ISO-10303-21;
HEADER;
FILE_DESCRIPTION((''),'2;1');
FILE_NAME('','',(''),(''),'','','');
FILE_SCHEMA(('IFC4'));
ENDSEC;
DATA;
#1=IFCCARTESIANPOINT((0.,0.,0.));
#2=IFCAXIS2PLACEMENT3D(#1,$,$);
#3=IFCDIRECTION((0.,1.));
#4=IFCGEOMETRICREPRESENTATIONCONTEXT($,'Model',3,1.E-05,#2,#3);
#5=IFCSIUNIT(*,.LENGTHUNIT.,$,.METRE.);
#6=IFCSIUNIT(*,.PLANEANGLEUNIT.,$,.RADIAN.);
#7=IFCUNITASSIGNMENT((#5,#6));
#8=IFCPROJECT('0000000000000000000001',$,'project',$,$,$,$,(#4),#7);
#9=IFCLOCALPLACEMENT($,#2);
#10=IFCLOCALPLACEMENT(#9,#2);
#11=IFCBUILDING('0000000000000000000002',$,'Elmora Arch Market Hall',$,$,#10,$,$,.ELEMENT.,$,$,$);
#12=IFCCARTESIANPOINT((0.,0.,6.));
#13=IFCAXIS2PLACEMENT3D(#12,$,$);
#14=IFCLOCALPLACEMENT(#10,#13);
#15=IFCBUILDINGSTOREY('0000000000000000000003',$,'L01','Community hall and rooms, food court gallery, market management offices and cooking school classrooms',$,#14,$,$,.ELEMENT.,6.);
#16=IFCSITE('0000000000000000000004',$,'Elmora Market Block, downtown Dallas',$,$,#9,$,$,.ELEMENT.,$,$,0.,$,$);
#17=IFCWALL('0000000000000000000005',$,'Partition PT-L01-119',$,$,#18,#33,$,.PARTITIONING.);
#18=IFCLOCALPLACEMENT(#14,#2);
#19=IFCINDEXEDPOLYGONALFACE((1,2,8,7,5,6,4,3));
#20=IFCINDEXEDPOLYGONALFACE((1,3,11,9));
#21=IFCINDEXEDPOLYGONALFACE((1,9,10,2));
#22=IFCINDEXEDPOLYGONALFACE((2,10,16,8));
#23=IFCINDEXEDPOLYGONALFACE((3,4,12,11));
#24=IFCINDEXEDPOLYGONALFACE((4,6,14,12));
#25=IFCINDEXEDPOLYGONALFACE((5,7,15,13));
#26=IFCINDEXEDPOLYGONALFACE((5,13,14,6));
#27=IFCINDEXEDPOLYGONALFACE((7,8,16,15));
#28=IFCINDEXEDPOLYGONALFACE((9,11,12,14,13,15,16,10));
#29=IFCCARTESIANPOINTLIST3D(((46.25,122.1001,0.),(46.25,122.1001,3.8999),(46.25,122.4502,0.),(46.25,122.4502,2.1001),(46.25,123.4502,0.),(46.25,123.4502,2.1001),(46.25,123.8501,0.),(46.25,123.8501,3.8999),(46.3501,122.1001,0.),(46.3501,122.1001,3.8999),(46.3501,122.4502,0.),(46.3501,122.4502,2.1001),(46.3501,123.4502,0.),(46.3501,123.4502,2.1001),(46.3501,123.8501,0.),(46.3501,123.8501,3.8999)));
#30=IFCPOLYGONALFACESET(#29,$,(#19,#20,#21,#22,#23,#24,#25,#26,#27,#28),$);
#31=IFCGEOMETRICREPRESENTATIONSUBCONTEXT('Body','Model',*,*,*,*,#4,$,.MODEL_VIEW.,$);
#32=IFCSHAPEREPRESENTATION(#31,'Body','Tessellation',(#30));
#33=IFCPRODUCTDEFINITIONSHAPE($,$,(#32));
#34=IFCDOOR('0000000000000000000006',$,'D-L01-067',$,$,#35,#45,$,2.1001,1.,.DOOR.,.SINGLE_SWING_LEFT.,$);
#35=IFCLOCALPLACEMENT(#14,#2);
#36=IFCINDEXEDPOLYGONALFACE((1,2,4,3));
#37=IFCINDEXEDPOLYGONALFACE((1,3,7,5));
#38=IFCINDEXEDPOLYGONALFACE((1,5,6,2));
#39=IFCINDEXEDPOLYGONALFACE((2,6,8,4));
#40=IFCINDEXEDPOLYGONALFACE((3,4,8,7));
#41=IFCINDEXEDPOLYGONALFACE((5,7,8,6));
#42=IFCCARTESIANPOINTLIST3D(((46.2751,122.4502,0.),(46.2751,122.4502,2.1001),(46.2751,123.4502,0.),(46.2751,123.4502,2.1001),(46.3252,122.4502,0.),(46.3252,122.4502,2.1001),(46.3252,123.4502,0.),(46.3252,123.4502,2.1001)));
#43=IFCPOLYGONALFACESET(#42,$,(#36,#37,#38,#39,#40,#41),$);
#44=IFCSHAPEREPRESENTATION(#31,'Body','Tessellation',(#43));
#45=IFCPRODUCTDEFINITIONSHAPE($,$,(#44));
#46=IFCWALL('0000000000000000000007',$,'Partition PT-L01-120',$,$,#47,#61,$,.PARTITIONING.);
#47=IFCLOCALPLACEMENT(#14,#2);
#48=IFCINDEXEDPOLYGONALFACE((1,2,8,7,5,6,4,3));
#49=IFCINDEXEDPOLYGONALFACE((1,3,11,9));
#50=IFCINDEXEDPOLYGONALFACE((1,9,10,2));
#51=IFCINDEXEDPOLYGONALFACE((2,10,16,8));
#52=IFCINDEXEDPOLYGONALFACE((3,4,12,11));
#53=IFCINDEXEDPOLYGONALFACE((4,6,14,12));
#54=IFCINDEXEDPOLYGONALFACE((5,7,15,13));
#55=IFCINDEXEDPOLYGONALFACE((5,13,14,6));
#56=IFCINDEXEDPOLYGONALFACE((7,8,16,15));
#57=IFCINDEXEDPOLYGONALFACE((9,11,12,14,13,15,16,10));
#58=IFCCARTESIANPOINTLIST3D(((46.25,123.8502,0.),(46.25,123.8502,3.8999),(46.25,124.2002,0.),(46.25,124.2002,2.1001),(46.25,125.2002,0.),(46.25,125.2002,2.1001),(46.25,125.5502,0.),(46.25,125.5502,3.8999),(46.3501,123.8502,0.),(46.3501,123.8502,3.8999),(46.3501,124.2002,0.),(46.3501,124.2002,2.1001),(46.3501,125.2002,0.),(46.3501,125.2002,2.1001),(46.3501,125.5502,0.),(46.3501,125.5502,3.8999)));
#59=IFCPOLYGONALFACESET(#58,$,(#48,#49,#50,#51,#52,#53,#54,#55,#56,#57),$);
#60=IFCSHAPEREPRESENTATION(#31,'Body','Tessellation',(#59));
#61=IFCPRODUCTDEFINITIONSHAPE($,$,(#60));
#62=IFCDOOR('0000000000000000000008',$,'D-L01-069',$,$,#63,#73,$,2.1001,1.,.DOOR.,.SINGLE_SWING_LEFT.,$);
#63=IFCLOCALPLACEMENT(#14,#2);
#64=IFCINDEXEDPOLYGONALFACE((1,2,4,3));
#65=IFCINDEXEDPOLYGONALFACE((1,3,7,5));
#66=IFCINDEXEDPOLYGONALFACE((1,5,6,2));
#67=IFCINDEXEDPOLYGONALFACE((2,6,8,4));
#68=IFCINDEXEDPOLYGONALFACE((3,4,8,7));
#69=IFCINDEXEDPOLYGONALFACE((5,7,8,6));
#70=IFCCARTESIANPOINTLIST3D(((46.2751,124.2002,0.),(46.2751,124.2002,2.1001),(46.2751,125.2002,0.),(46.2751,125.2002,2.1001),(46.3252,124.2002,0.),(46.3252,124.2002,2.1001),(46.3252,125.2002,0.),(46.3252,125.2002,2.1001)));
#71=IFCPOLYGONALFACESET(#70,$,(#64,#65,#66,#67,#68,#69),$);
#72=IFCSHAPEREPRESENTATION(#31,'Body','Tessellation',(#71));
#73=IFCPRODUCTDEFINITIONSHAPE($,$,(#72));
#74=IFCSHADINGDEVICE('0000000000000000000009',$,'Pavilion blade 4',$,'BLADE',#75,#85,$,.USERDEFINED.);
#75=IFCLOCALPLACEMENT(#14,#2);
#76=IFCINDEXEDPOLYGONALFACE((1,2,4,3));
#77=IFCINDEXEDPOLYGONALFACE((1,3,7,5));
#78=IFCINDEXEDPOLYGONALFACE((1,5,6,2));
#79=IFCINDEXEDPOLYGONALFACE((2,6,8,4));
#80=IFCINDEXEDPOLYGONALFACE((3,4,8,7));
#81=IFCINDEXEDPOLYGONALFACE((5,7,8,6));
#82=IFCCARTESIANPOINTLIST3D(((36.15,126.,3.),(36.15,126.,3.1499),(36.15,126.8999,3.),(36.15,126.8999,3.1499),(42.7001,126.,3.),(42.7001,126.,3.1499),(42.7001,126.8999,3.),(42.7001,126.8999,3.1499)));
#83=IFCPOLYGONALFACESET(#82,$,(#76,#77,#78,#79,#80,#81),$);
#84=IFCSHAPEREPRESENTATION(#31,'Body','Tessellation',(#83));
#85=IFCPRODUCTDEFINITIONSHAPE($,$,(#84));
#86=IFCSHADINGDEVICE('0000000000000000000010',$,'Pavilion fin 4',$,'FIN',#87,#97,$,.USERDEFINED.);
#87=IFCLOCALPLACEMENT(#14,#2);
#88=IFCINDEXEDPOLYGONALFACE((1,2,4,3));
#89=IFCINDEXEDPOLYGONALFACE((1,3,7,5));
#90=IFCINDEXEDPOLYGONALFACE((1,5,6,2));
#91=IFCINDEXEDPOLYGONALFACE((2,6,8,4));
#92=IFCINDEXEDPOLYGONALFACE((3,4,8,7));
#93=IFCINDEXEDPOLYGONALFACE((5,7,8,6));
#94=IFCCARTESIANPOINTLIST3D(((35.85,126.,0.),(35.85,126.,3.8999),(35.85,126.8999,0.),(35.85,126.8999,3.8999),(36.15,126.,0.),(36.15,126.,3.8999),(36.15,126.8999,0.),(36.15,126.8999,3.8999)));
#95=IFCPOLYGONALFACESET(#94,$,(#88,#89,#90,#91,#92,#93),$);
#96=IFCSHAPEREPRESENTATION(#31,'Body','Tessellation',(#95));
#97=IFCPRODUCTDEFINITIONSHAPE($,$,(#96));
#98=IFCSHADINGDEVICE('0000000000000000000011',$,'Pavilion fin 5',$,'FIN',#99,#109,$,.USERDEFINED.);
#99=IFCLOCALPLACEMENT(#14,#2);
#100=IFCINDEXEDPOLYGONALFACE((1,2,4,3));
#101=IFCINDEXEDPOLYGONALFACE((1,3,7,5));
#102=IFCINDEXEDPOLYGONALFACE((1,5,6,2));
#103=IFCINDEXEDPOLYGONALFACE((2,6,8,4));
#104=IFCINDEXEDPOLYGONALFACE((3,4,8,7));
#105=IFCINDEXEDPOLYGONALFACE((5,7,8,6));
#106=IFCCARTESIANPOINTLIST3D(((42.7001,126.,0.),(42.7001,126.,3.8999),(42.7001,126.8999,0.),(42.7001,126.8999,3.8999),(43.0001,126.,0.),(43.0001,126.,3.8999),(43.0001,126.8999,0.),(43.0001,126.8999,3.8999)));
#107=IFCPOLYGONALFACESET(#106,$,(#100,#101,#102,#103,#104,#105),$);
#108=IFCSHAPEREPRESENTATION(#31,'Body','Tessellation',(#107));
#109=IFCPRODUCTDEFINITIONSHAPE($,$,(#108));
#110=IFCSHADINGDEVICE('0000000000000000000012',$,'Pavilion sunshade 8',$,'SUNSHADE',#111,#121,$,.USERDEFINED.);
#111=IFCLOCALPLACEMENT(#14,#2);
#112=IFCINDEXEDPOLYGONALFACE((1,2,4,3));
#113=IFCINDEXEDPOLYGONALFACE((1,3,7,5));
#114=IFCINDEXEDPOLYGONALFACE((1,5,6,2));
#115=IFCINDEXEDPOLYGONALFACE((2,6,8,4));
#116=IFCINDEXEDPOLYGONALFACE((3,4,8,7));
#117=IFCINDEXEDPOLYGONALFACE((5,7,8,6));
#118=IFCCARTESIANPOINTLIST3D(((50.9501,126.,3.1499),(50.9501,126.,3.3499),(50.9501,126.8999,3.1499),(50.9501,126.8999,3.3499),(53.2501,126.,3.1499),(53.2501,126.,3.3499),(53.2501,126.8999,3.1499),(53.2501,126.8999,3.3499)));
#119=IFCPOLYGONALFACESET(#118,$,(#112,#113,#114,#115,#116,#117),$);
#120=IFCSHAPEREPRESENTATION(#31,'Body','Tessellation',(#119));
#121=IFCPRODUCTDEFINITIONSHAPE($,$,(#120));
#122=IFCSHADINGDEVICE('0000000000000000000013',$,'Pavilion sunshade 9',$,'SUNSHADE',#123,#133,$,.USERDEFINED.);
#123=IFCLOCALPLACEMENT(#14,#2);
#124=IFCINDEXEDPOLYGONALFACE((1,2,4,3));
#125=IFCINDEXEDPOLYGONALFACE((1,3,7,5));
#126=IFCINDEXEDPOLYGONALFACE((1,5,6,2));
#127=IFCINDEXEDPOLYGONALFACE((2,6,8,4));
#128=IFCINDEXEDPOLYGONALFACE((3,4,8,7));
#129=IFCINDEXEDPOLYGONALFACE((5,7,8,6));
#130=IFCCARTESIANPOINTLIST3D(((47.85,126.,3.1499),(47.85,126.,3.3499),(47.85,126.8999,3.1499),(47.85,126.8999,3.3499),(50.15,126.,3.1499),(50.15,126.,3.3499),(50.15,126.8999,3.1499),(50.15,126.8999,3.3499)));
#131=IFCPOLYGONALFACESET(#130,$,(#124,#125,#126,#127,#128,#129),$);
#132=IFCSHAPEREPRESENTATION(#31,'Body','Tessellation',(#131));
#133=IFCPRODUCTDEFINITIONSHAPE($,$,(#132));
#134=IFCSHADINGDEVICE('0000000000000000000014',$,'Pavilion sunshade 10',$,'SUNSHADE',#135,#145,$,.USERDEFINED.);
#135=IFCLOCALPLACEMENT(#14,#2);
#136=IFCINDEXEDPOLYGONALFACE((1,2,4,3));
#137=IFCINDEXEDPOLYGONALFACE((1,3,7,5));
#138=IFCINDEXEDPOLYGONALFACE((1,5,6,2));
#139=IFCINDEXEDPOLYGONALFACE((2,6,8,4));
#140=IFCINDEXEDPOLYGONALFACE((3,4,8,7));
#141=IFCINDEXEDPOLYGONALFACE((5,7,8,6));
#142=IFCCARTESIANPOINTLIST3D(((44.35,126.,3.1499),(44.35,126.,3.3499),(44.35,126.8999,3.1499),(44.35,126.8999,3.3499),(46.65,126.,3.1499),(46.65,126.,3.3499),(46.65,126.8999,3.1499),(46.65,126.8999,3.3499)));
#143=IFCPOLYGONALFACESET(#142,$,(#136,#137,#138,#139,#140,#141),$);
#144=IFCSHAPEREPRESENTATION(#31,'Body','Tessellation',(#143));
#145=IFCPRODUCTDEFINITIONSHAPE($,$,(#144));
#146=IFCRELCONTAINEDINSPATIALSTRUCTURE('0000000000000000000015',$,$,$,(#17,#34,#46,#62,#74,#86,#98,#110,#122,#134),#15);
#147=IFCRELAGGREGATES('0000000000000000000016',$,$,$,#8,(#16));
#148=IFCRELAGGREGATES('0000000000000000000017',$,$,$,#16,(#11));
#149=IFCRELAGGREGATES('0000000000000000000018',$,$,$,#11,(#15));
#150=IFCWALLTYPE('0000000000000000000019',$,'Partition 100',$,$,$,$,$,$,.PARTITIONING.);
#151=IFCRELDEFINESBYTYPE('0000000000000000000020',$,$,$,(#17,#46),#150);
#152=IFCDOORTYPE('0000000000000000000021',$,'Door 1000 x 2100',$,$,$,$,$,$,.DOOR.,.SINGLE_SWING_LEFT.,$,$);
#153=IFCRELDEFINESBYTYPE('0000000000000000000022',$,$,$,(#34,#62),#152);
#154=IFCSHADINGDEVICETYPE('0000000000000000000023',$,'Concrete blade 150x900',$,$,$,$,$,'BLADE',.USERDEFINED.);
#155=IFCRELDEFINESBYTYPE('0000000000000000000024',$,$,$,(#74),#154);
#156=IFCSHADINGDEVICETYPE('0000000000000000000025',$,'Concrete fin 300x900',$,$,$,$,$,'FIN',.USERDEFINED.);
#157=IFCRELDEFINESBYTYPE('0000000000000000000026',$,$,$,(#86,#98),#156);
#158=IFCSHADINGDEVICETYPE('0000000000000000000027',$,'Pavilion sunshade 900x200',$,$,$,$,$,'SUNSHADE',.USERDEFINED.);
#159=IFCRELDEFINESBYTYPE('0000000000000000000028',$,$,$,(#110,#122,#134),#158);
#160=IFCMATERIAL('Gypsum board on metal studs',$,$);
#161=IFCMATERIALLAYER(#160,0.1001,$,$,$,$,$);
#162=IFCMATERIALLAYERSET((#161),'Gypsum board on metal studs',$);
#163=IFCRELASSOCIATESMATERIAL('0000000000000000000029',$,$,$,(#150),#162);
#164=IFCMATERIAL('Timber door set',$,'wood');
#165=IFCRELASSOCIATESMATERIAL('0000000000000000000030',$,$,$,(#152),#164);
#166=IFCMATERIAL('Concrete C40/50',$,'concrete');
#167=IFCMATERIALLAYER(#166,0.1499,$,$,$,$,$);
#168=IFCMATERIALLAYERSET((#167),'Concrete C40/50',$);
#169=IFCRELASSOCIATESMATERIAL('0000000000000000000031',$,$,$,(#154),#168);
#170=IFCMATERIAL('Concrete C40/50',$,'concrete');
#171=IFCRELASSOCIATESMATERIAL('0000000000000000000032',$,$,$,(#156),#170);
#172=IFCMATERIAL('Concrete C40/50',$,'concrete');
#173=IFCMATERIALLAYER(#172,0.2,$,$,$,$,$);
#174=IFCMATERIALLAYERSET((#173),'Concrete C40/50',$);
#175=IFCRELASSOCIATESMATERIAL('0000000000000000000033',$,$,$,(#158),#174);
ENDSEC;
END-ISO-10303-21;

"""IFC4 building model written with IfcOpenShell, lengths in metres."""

from ifc_helpers import new_model, si_unit, direction, frame, frame_2d, origin, origin_2d, place, context, subcontext, project, spatial, rectangle, extrude, material, layer, layer_set, type_object, element, fill, save


model = new_model("IFC4")

# Units and contexts
model_context = context("Model", 3, precision=1e-05, world=origin(), true_north=direction((0.0, 1.0)))
body_context = subcontext(model_context, "Body", "Model", "MODEL_VIEW")
ifc_project = project(units=[si_unit("LENGTHUNIT", "METRE"), si_unit("PLANEANGLEUNIT", "RADIAN")], contexts=[model_context])

# Site, building, storey
site_placement = place(None, origin())
site = spatial("IfcSite", under=ifc_project, at=site_placement, Name="Elmora Market Block, downtown Dallas", CompositionType="ELEMENT", RefElevation=0.0)
building_placement = place(site_placement, origin())
building = spatial("IfcBuilding", under=site, at=building_placement, Name="Elmora Arch Market Hall", CompositionType="ELEMENT")
storey_placement = place(building_placement, frame((0.0, 0.0, 6.0)))
storey = spatial("IfcBuildingStorey", under=building, at=storey_placement, Name="L01", Description="Community hall and rooms, food court gallery, market management offices and cooking school classrooms", CompositionType="ELEMENT", Elevation=6.0)

# Shared definitions
ifc_material_1 = material(Name="Gypsum board on metal studs")
ifc_layer_1 = layer(ifc_material_1, 0.1001)
ifc_layer_set_1 = layer_set([ifc_layer_1], Name="Gypsum board on metal studs")
wall_type_1 = type_object("IfcWallType", Name="Partition 100", PredefinedType="PARTITIONING", material=ifc_layer_set_1)

# Walls, openings, doors
wall_1_placement = place(storey_placement, frame((46.3, 122.1001, 0.0), z_axis=(0.0, 0.0, 1.0), x_axis=(0.0, 1.0, 0.0)))
wall_1 = element("IfcWall", 1, at=wall_1_placement, inside=storey, type_object=wall_type_1, Name="Partition PT-L01-119", PredefinedType="PARTITIONING", context=body_context, shape_type="SweptSolid", body=[
    extrude(rectangle(XDim=1.75, YDim=0.1001, at=frame_2d((0.875, 0.0))), origin(), (0.0, 0.0, 1.0), 3.8999),
])
opening_1_placement = place(wall_1_placement, frame((0.3501, 0.0, 0.0)))
opening_1 = element("IfcOpeningElement", 2, at=opening_1_placement, cuts=wall_1, PredefinedType="OPENING", context=body_context, shape_type="SweptSolid", body=[
    extrude(rectangle(XDim=1.0, YDim=2.1001, at=frame_2d((0.5, 1.05))), frame((0.0, 0.0601, 0.0), z_axis=(0.0, -1.0, 0.0), x_axis=(1.0, 0.0, 0.0)), (0.0, 0.0, 1.0), 0.1201),
])
ifc_material_2 = material(Name="Timber door set", Category="wood")
door_type = type_object("IfcDoorType", Name="Door 1000 x 2100", OperationType="SINGLE_SWING_LEFT", PredefinedType="DOOR", material=ifc_material_2)
door_1_placement = place(opening_1_placement, origin())
door_1 = element("IfcDoor", 3, at=door_1_placement, inside=storey, type_object=door_type, Name="D-L01-067", OperationType="SINGLE_SWING_LEFT", OverallHeight=2.1001, OverallWidth=1.0, PredefinedType="DOOR", context=body_context, shape_type="SweptSolid", body=[
    extrude(rectangle(XDim=1.0, YDim=2.1001, at=frame_2d((0.5, 1.05))), frame((0.0, 0.0249, 0.0), z_axis=(0.0, -1.0, 0.0), x_axis=(1.0, 0.0, 0.0)), (0.0, 0.0, 1.0), 0.05),
])
fill(opening_1, door_1)
wall_2_placement = place(storey_placement, frame((46.3, 123.8501, 0.0), z_axis=(0.0, 0.0, 1.0), x_axis=(0.0, 1.0, 0.0)))
wall_2 = element("IfcWall", 4, at=wall_2_placement, inside=storey, type_object=wall_type_1, Name="Partition PT-L01-120", PredefinedType="PARTITIONING", context=body_context, shape_type="SweptSolid", body=[
    extrude(rectangle(XDim=1.7, YDim=0.1001, at=frame_2d((0.8501, 0.0))), origin(), (0.0, 0.0, 1.0), 3.8999),
])
opening_2_placement = place(wall_2_placement, frame((0.3501, 0.0, 0.0)))
opening_2 = element("IfcOpeningElement", 5, at=opening_2_placement, cuts=wall_2, PredefinedType="OPENING", context=body_context, shape_type="SweptSolid", body=[
    extrude(rectangle(XDim=1.0, YDim=2.1001, at=frame_2d((0.5, 1.05))), frame((0.0, 0.0601, 0.0), z_axis=(0.0, -1.0, 0.0), x_axis=(1.0, 0.0, 0.0)), (0.0, 0.0, 1.0), 0.1201),
])
door_2_placement = place(opening_2_placement, origin())
door_2 = element("IfcDoor", 6, at=door_2_placement, inside=storey, type_object=door_type, Name="D-L01-069", OperationType="SINGLE_SWING_LEFT", OverallHeight=2.1001, OverallWidth=1.0, PredefinedType="DOOR", context=body_context, shape_type="SweptSolid", body=[
    extrude(rectangle(XDim=1.0, YDim=2.1001, at=frame_2d((0.5, 1.05))), frame((0.0, 0.0249, 0.0), z_axis=(0.0, -1.0, 0.0), x_axis=(1.0, 0.0, 0.0)), (0.0, 0.0, 1.0), 0.05),
])
fill(opening_2, door_2)

# Shading devices
ifc_material_3 = material(Name="Concrete C40/50", Category="concrete")
ifc_layer_2 = layer(ifc_material_3, 0.1499)
ifc_layer_set_2 = layer_set([ifc_layer_2], Name="Concrete C40/50")
shading_device_type_1 = type_object("IfcShadingDeviceType", Name="Concrete blade 150x900", ElementType="BLADE", PredefinedType="USERDEFINED", material=ifc_layer_set_2)
shading_device_placement = place(storey_placement, frame((39.425, 126.45, 3.0), z_axis=(0.0, 0.0, 1.0), x_axis=(1.0, 0.0, 0.0)))
element("IfcShadingDevice", 7, at=shading_device_placement, inside=storey, type_object=shading_device_type_1, Name="Pavilion blade 4", ObjectType="BLADE", PredefinedType="USERDEFINED", context=body_context, shape_type="SweptSolid", body=[
    extrude(rectangle(XDim=6.55, YDim=0.8999, at=origin_2d()), origin(), (0.0, 0.0, 1.0), 0.1499),
])
ifc_material_4 = material(Name="Concrete C40/50", Category="concrete")
shading_device_type_2 = type_object("IfcShadingDeviceType", Name="Concrete fin 300x900", ElementType="FIN", PredefinedType="USERDEFINED", material=ifc_material_4)
for number, where, z_axis, x_axis, name in (
    (8, (36.0, 126.45, 0.0), (0.0, 0.0, 1.0), (1.0, 0.0, 0.0), "Pavilion fin 4"),
    (9, (42.8501, 126.45, 0.0), (0.0, 0.0, 1.0), (1.0, 0.0, 0.0), "Pavilion fin 5"),
):
    element("IfcShadingDevice", number, at=place(storey_placement, frame(where, z_axis=z_axis, x_axis=x_axis)), inside=storey, type_object=shading_device_type_2, Name=name, ObjectType="FIN", PredefinedType="USERDEFINED", context=body_context, shape_type="SweptSolid", body=[
        extrude(rectangle(XDim=0.3, YDim=0.8999, at=origin_2d()), origin(), (0.0, 0.0, 1.0), 3.8999),
    ])
ifc_material_5 = material(Name="Concrete C40/50", Category="concrete")
ifc_layer_3 = layer(ifc_material_5, 0.2)
ifc_layer_set_3 = layer_set([ifc_layer_3], Name="Concrete C40/50")
shading_device_type_3 = type_object("IfcShadingDeviceType", Name="Pavilion sunshade 900x200", ElementType="SUNSHADE", PredefinedType="USERDEFINED", material=ifc_layer_set_3)
for number, where, z_axis, x_axis, name in (
    (10, (52.1001, 126.45, 3.1499), (0.0, 0.0, 1.0), (1.0, 0.0, 0.0), "Pavilion sunshade 8"),
    (11, (49.0, 126.45, 3.1499), (0.0, 0.0, 1.0), (1.0, 0.0, 0.0), "Pavilion sunshade 9"),
    (12, (45.5, 126.45, 3.1499), (0.0, 0.0, 1.0), (1.0, 0.0, 0.0), "Pavilion sunshade 10"),
):
    element("IfcShadingDevice", number, at=place(storey_placement, frame(where, z_axis=z_axis, x_axis=x_axis)), inside=storey, type_object=shading_device_type_3, Name=name, ObjectType="SUNSHADE", PredefinedType="USERDEFINED", context=body_context, shape_type="SweptSolid", body=[
        extrude(rectangle(XDim=2.3, YDim=0.8999, at=origin_2d()), origin(), (0.0, 0.0, 1.0), 0.2),
    ])

save(model, "model.ifc")
